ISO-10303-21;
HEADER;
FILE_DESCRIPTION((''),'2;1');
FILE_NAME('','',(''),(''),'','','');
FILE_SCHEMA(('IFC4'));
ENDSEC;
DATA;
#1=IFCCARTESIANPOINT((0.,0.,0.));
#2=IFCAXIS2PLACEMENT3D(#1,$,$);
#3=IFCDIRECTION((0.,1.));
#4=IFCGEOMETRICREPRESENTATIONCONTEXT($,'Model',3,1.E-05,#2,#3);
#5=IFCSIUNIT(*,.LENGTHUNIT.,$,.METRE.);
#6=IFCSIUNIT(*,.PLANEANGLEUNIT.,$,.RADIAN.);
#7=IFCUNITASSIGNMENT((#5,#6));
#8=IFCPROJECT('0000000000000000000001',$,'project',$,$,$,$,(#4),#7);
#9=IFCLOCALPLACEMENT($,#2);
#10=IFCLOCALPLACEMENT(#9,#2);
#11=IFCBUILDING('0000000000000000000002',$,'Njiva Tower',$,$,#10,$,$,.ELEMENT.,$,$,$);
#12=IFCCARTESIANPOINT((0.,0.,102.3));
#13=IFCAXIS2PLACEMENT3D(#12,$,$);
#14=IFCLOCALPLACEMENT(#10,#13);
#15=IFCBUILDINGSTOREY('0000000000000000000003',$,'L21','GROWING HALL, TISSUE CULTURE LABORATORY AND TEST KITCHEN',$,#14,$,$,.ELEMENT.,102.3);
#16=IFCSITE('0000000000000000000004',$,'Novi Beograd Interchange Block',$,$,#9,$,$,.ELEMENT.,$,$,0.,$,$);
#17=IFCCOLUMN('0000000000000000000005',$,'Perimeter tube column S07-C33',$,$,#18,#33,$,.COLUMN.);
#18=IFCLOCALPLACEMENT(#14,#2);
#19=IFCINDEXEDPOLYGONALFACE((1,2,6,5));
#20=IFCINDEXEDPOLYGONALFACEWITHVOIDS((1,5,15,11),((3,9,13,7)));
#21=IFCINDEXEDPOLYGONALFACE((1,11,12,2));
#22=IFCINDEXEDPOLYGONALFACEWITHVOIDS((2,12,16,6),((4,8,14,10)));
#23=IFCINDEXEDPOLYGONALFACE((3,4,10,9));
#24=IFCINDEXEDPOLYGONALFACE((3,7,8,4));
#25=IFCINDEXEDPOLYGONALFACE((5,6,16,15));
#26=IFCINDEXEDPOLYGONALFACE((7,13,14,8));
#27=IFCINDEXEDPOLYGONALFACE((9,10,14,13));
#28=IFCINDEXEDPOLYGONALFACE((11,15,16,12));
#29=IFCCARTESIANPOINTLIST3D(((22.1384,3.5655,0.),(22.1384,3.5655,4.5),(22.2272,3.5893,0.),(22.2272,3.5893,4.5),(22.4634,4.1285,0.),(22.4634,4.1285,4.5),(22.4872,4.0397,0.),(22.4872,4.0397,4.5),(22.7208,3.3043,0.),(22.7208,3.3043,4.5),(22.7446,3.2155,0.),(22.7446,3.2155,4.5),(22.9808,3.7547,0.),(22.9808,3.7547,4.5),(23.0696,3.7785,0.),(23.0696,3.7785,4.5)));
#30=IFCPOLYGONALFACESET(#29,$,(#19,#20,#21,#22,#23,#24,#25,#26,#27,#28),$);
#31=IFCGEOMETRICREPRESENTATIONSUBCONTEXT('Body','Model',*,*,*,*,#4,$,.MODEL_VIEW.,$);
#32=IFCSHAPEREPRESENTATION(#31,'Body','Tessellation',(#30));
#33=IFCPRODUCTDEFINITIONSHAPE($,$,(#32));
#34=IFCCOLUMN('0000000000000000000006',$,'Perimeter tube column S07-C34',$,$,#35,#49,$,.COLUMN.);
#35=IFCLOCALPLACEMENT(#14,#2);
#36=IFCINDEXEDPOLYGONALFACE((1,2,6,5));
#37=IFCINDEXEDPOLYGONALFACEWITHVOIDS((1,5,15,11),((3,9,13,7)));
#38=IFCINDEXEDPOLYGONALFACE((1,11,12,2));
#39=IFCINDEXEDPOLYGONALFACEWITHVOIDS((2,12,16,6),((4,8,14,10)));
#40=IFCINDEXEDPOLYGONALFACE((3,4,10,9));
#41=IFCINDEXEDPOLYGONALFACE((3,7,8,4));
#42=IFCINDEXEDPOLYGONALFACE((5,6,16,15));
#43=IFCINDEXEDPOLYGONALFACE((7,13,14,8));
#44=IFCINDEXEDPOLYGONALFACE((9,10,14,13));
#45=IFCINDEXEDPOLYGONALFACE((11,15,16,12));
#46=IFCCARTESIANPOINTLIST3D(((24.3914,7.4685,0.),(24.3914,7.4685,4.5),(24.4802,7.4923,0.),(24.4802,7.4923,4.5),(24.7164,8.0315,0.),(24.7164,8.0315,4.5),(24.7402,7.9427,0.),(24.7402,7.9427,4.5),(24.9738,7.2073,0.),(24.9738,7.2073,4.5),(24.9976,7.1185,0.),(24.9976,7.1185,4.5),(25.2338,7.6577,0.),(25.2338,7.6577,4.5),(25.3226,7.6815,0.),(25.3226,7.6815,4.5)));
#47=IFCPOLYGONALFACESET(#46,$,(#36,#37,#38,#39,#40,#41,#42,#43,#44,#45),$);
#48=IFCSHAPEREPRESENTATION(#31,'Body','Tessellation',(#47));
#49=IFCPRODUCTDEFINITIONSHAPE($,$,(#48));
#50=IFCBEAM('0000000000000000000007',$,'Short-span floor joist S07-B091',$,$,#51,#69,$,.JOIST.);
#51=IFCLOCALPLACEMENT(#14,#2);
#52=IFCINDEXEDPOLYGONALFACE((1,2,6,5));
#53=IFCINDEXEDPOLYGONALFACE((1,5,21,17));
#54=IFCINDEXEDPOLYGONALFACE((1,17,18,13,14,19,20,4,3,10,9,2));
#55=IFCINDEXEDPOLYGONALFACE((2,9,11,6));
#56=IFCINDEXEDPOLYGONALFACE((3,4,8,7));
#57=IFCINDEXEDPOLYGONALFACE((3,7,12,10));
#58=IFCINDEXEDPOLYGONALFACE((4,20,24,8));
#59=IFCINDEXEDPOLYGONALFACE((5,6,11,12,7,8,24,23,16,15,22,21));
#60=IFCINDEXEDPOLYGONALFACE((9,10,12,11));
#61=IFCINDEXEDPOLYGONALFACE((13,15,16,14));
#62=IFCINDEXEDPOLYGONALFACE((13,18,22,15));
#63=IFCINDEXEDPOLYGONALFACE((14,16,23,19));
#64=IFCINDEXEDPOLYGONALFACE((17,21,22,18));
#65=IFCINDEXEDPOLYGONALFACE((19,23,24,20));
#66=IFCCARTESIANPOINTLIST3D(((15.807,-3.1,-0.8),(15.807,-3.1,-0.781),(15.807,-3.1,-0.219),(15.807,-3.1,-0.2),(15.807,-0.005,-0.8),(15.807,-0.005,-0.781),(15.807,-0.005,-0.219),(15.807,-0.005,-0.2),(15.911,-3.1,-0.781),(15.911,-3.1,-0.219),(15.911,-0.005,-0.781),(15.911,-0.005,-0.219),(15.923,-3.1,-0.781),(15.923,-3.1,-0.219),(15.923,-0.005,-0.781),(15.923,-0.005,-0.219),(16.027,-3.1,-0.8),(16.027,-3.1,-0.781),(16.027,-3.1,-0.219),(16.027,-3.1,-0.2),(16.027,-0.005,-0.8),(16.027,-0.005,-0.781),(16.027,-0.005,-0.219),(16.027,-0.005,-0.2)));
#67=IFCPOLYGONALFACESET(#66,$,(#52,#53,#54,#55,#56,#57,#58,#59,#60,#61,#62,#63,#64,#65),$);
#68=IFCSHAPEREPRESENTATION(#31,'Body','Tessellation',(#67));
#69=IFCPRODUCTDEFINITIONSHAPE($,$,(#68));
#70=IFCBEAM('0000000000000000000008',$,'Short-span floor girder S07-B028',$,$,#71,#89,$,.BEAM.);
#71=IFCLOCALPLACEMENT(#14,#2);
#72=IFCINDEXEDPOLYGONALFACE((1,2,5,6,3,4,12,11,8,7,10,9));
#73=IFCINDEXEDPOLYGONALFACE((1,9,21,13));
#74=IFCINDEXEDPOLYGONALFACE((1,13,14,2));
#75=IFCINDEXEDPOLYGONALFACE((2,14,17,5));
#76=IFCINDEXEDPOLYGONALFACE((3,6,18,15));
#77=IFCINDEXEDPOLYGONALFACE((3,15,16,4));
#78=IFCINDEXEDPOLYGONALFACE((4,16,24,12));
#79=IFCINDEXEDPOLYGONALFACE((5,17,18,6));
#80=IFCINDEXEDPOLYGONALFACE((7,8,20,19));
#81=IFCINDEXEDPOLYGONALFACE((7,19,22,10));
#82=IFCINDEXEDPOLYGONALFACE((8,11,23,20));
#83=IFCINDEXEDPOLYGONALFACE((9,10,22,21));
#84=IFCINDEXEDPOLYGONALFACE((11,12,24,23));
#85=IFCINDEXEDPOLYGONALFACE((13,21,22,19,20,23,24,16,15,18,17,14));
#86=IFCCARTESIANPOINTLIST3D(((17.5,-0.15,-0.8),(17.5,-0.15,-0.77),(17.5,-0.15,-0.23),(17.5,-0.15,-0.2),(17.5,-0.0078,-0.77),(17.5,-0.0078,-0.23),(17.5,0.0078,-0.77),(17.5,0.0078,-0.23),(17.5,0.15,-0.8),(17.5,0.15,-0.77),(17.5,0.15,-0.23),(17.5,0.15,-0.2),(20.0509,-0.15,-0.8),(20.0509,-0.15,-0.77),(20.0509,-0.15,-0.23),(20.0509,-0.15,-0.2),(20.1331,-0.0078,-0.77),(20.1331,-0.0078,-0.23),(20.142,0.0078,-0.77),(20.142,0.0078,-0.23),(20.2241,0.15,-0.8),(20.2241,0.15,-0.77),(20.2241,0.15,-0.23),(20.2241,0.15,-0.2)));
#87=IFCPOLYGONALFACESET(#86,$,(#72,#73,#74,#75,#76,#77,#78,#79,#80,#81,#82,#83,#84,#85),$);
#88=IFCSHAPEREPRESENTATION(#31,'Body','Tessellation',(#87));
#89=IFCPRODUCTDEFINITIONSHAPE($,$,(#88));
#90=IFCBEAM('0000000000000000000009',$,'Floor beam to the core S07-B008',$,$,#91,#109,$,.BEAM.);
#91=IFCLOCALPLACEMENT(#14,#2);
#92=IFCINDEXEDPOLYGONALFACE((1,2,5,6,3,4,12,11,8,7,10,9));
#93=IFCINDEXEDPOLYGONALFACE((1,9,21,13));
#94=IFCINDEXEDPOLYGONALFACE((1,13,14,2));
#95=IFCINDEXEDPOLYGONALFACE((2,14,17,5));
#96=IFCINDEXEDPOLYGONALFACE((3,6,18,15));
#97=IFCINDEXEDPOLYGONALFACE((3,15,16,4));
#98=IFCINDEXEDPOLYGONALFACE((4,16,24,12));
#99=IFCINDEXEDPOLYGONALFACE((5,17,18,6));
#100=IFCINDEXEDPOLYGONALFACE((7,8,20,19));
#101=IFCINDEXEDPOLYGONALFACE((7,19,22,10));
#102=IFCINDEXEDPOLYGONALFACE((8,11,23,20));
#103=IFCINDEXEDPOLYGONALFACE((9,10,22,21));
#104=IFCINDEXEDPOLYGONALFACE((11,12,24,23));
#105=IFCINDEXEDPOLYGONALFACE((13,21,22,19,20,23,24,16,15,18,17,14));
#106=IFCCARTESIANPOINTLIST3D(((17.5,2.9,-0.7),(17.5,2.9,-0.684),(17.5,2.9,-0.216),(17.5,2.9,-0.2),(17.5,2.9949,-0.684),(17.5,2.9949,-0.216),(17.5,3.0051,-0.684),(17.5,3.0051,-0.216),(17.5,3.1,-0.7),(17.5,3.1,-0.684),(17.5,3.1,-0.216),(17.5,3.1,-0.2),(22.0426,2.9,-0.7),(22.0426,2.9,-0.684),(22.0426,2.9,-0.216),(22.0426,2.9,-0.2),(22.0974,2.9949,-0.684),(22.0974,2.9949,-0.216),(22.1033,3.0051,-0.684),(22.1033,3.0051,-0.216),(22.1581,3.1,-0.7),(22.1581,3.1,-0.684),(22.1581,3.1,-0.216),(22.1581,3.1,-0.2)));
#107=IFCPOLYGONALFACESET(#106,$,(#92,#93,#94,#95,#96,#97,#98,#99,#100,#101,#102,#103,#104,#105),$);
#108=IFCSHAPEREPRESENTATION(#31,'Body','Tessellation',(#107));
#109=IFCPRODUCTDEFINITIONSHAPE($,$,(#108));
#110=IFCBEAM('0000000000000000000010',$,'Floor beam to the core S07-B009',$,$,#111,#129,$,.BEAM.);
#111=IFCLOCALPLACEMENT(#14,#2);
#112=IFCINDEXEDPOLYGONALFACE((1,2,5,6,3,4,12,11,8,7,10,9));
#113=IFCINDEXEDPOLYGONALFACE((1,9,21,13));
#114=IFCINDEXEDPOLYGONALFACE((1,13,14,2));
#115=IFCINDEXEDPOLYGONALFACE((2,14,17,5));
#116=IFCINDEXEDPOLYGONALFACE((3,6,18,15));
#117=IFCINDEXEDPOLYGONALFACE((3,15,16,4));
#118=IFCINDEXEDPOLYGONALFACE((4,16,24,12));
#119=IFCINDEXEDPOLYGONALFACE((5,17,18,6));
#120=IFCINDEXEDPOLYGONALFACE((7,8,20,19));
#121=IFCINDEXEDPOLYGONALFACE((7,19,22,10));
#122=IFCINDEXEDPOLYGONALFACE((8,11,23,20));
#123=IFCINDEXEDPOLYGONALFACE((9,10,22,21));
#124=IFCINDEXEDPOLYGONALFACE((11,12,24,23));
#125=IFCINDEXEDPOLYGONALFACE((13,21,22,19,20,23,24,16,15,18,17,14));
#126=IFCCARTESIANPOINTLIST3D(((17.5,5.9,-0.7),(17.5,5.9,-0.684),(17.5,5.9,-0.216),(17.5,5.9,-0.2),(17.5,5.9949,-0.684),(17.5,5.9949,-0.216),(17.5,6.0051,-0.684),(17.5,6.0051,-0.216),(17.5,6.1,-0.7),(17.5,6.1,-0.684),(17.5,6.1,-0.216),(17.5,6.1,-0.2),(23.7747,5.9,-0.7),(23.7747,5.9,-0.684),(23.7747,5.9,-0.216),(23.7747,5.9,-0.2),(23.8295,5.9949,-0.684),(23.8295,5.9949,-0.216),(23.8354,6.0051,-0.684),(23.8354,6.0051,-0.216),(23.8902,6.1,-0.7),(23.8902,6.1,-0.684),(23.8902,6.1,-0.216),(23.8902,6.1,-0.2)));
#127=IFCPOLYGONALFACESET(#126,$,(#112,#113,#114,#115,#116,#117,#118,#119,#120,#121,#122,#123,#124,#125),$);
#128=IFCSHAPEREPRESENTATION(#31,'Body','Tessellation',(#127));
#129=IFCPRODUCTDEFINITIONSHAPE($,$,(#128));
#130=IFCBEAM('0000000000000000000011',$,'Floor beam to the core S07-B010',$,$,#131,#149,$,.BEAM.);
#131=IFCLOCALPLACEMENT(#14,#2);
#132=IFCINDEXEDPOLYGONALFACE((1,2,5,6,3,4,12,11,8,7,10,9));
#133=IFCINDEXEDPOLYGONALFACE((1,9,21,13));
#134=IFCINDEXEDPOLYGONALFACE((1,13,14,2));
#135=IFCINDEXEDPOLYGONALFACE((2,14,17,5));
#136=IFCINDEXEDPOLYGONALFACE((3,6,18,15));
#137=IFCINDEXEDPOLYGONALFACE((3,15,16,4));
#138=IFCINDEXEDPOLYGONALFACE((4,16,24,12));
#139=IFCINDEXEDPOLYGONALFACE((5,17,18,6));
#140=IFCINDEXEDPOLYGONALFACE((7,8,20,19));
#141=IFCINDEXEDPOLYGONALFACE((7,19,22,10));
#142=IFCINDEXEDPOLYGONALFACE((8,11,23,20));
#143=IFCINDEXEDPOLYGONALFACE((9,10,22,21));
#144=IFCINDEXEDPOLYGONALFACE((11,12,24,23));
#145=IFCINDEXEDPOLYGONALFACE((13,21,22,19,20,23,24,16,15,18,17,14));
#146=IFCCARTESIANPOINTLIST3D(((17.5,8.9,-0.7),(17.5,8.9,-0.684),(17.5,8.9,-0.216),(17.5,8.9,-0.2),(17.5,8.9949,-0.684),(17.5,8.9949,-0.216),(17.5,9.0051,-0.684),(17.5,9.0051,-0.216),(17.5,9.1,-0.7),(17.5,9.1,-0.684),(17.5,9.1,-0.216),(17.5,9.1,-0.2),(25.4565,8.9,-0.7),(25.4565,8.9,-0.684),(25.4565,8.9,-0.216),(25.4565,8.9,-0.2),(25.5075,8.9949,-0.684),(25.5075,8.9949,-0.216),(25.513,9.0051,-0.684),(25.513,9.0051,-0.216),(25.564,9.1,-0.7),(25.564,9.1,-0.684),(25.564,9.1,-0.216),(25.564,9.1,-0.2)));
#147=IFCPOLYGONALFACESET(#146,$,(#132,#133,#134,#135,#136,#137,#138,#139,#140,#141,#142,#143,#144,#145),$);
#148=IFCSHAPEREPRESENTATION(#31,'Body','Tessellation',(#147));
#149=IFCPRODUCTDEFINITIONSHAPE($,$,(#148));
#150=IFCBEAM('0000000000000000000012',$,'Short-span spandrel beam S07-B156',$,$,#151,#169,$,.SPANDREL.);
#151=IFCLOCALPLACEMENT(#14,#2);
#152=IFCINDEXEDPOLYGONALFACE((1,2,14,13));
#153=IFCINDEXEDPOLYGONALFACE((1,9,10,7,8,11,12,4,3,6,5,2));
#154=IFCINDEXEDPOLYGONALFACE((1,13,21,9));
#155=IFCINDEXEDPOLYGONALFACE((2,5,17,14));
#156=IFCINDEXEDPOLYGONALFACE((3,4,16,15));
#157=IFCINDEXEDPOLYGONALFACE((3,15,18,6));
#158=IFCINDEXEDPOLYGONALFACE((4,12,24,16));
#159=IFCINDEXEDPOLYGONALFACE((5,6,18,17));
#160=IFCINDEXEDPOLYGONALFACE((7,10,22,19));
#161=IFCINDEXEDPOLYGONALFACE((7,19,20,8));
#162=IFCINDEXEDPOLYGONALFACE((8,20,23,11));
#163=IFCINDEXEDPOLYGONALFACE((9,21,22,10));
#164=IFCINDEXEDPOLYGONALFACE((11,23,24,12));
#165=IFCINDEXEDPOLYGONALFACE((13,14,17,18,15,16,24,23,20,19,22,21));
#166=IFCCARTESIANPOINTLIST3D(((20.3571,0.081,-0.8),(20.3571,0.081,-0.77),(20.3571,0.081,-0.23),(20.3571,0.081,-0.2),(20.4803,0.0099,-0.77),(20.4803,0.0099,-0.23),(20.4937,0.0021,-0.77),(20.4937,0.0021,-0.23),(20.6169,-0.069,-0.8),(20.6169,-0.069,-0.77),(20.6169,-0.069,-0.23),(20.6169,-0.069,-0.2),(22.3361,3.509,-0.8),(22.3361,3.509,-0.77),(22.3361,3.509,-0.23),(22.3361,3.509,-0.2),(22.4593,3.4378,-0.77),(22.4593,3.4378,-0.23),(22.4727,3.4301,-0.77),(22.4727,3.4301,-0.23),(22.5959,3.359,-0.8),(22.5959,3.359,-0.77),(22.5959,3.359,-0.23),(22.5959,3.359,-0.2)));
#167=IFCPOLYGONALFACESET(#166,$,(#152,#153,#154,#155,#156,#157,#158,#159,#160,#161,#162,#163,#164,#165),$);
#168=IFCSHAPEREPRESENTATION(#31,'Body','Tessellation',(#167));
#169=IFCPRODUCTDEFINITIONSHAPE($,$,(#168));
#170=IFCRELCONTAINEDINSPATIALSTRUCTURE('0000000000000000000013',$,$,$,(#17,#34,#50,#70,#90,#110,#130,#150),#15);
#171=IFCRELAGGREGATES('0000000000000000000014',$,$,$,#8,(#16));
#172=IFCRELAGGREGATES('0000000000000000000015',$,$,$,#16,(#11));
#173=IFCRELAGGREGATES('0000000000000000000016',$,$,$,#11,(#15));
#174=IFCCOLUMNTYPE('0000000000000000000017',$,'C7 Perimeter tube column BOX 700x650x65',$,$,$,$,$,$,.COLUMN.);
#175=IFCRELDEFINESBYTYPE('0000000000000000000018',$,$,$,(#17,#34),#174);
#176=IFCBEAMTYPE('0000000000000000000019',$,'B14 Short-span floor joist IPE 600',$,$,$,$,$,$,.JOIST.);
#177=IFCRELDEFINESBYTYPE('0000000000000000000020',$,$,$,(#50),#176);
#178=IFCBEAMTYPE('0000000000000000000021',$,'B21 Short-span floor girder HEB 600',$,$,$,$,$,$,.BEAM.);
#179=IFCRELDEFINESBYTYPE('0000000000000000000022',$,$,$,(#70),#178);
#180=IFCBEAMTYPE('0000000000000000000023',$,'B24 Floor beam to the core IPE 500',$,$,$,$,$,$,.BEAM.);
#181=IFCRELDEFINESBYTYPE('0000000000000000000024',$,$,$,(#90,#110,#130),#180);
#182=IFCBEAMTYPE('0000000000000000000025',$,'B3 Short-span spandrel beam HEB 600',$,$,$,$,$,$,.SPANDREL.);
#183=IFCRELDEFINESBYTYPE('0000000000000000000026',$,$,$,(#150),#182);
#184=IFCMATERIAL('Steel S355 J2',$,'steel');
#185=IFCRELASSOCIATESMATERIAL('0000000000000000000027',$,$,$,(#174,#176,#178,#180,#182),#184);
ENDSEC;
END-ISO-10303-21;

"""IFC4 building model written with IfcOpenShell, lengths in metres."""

from ifc_helpers import new_model, si_unit, direction, frame, origin, origin_2d, place, context, subcontext, project, spatial, hollow_rectangle, i_section, extrude, clip, halfspace, material, material_profile, profile_set, type_object, element, save


model = new_model("IFC4")

# Units and contexts
model_context = context("Model", 3, precision=1e-05, world=origin(), true_north=direction((0.0, 1.0)))
body_context = subcontext(model_context, "Body", "Model", "MODEL_VIEW")
ifc_project = project(units=[si_unit("LENGTHUNIT", "METRE"), si_unit("PLANEANGLEUNIT", "RADIAN")], contexts=[model_context])

# Site, building, storey
site_placement = place(None, origin())
site = spatial("IfcSite", under=ifc_project, at=site_placement, Name="Novi Beograd Interchange Block", CompositionType="ELEMENT", RefElevation=0.0)
building_placement = place(site_placement, origin())
building = spatial("IfcBuilding", under=site, at=building_placement, Name="Njiva Tower", CompositionType="ELEMENT")
storey_placement = place(building_placement, frame((0.0, 0.0, 102.3)))
storey = spatial("IfcBuildingStorey", under=building, at=storey_placement, Name="L21", Description="GROWING HALL, TISSUE CULTURE LABORATORY AND TEST KITCHEN", CompositionType="ELEMENT", Elevation=102.3)

# Columns
ifc_material_1 = material(Name="Steel S355 J2", Category="steel")
ifc_material_profile_1 = material_profile(ifc_material_1, hollow_rectangle(XDim=0.65, YDim=0.7, WallThickness=0.065, at=origin_2d()), Name="BOX 700x650x65")
ifc_profile_set_1 = profile_set([ifc_material_profile_1], Name="Steel S355 J2")
column_type = type_object("IfcColumnType", Name="C7 Perimeter tube column BOX 700x650x65", PredefinedType="COLUMN", material=ifc_profile_set_1)
for number, where, z_axis, x_axis, name in (
    (1, (22.604, 3.672, 0.0), (0.0, 0.0, 1.0), (0.5, 0.866025, 0.0), "Perimeter tube column S07-C33"),
    (2, (24.857, 7.575, 0.0), (0.0, 0.0, 1.0), (0.5, 0.866025, 0.0), "Perimeter tube column S07-C34"),
):
    element("IfcColumn", number, at=place(storey_placement, frame(where, z_axis=z_axis, x_axis=x_axis)), inside=storey, type_object=column_type, Name=name, PredefinedType="COLUMN", context=body_context, shape_type="SweptSolid", body=[
        extrude(hollow_rectangle(XDim=0.65, YDim=0.7, WallThickness=0.065, at=origin_2d()), origin(), (0.0, 0.0, 1.0), 4.5),
    ])

# Beams
ifc_material_profile_2 = material_profile(ifc_material_1, i_section(OverallWidth=0.22, OverallDepth=0.6, WebThickness=0.012, FlangeThickness=0.019, at=origin_2d()), Name="IPE 600")
ifc_profile_set_2 = profile_set([ifc_material_profile_2], Name="Steel S355 J2")
beam_type_1 = type_object("IfcBeamType", Name="B14 Short-span floor joist IPE 600", PredefinedType="JOIST", material=ifc_profile_set_2)
beam_1_placement = place(storey_placement, frame((15.917, -0.005, -0.5), z_axis=(0.0, -1.0, 0.0), x_axis=(1.0, 0.0, 0.0)))
element("IfcBeam", 3, at=beam_1_placement, inside=storey, type_object=beam_type_1, Name="Short-span floor joist S07-B091", PredefinedType="JOIST", context=body_context, shape_type="SweptSolid", body=[
    extrude(i_section(OverallWidth=0.22, OverallDepth=0.6, WebThickness=0.012, FlangeThickness=0.019, at=origin_2d()), origin(), (0.0, 0.0, 1.0), 3.095),
])
ifc_material_profile_3 = material_profile(ifc_material_1, i_section(OverallWidth=0.3, OverallDepth=0.6, WebThickness=0.0155, FlangeThickness=0.03, at=origin_2d()), Name="HEB 600")
ifc_profile_set_3 = profile_set([ifc_material_profile_3], Name="Steel S355 J2")
beam_type_2 = type_object("IfcBeamType", Name="B21 Short-span floor girder HEB 600", PredefinedType="BEAM", material=ifc_profile_set_3)
beam_2_placement = place(storey_placement, frame((17.5, 0.0, -0.5), z_axis=(1.0, 0.0, 0.0), x_axis=(0.0, 1.0, 0.0)))
element("IfcBeam", 4, at=beam_2_placement, inside=storey, type_object=beam_type_2, Name="Short-span floor girder S07-B028", PredefinedType="BEAM", context=body_context, shape_type="Clipping", body=[
    clip(extrude(i_section(OverallWidth=0.3, OverallDepth=0.6, WebThickness=0.0155, FlangeThickness=0.03, at=origin_2d()), origin(), (0.0, 0.0, 1.0), 2.745), halfspace(frame((-0.025, 0.0, 2.6231), z_axis=(-0.499998, 0.0, 0.866027), x_axis=(0.0, 1.0, 0.0)), False)),
])
ifc_material_profile_4 = material_profile(ifc_material_1, i_section(OverallWidth=0.2, OverallDepth=0.5, WebThickness=0.0102, FlangeThickness=0.016, at=origin_2d()), Name="IPE 500")
ifc_profile_set_4 = profile_set([ifc_material_profile_4], Name="Steel S355 J2")
beam_type_3 = type_object("IfcBeamType", Name="B24 Floor beam to the core IPE 500", PredefinedType="BEAM", material=ifc_profile_set_4)
beam_3_placement = place(storey_placement, frame((17.5, 3.0, -0.45), z_axis=(1.0, 0.0, 0.0), x_axis=(0.0, 1.0, 0.0)))
element("IfcBeam", 5, at=beam_3_placement, inside=storey, type_object=beam_type_3, Name="Floor beam to the core S07-B008", PredefinedType="BEAM", context=body_context, shape_type="Clipping", body=[
    clip(extrude(i_section(OverallWidth=0.2, OverallDepth=0.5, WebThickness=0.0102, FlangeThickness=0.016, at=origin_2d()), origin(), (0.0, 0.0, 1.0), 4.678), halfspace(frame((-0.025, 0.0, 4.5859), z_axis=(-0.499998, 0.0, 0.866027), x_axis=(0.0, 1.0, 0.0)), False)),
])
beam_4_placement = place(storey_placement, frame((17.5, 6.0, -0.45), z_axis=(1.0, 0.0, 0.0), x_axis=(0.0, 1.0, 0.0)))
element("IfcBeam", 6, at=beam_4_placement, inside=storey, type_object=beam_type_3, Name="Floor beam to the core S07-B009", PredefinedType="BEAM", context=body_context, shape_type="Clipping", body=[
    clip(extrude(i_section(OverallWidth=0.2, OverallDepth=0.5, WebThickness=0.0102, FlangeThickness=0.016, at=origin_2d()), origin(), (0.0, 0.0, 1.0), 6.41), halfspace(frame((-0.025, 0.0, 6.318), z_axis=(-0.499998, 0.0, 0.866027), x_axis=(0.0, 1.0, 0.0)), False)),
])
beam_5_placement = place(storey_placement, frame((17.5, 9.0, -0.45), z_axis=(1.0, 0.0, 0.0), x_axis=(0.0, 1.0, 0.0)))
element("IfcBeam", 7, at=beam_5_placement, inside=storey, type_object=beam_type_3, Name="Floor beam to the core S07-B010", PredefinedType="BEAM", context=body_context, shape_type="Clipping", body=[
    clip(extrude(i_section(OverallWidth=0.2, OverallDepth=0.5, WebThickness=0.0102, FlangeThickness=0.016, at=origin_2d()), origin(), (0.0, 0.0, 1.0), 8.084), halfspace(frame((-0.0237, 0.0, 7.9975), z_axis=(-0.473769, 0.0, 0.880649), x_axis=(0.0, 1.0, 0.0)), False)),
])
ifc_material_profile_5 = material_profile(ifc_material_1, i_section(OverallWidth=0.3, OverallDepth=0.6, WebThickness=0.0155, FlangeThickness=0.03, at=origin_2d()), Name="HEB 600")
ifc_profile_set_5 = profile_set([ifc_material_profile_5], Name="Steel S355 J2")
beam_type_4 = type_object("IfcBeamType", Name="B3 Short-span spandrel beam HEB 600", PredefinedType="SPANDREL", material=ifc_profile_set_5)
beam_6_placement = place(storey_placement, frame((20.487, 0.006, -0.5), z_axis=(0.49997, 0.866043, 0.0), x_axis=(-0.866043, 0.49997, 0.0)))
element("IfcBeam", 8, at=beam_6_placement, inside=storey, type_object=beam_type_4, Name="Short-span spandrel beam S07-B156", PredefinedType="SPANDREL", context=body_context, shape_type="SweptSolid", body=[
    extrude(i_section(OverallWidth=0.3, OverallDepth=0.6, WebThickness=0.0155, FlangeThickness=0.03, at=origin_2d()), origin(), (0.0, 0.0, 1.0), 3.9582),
])

save(model, "model.ifc")
